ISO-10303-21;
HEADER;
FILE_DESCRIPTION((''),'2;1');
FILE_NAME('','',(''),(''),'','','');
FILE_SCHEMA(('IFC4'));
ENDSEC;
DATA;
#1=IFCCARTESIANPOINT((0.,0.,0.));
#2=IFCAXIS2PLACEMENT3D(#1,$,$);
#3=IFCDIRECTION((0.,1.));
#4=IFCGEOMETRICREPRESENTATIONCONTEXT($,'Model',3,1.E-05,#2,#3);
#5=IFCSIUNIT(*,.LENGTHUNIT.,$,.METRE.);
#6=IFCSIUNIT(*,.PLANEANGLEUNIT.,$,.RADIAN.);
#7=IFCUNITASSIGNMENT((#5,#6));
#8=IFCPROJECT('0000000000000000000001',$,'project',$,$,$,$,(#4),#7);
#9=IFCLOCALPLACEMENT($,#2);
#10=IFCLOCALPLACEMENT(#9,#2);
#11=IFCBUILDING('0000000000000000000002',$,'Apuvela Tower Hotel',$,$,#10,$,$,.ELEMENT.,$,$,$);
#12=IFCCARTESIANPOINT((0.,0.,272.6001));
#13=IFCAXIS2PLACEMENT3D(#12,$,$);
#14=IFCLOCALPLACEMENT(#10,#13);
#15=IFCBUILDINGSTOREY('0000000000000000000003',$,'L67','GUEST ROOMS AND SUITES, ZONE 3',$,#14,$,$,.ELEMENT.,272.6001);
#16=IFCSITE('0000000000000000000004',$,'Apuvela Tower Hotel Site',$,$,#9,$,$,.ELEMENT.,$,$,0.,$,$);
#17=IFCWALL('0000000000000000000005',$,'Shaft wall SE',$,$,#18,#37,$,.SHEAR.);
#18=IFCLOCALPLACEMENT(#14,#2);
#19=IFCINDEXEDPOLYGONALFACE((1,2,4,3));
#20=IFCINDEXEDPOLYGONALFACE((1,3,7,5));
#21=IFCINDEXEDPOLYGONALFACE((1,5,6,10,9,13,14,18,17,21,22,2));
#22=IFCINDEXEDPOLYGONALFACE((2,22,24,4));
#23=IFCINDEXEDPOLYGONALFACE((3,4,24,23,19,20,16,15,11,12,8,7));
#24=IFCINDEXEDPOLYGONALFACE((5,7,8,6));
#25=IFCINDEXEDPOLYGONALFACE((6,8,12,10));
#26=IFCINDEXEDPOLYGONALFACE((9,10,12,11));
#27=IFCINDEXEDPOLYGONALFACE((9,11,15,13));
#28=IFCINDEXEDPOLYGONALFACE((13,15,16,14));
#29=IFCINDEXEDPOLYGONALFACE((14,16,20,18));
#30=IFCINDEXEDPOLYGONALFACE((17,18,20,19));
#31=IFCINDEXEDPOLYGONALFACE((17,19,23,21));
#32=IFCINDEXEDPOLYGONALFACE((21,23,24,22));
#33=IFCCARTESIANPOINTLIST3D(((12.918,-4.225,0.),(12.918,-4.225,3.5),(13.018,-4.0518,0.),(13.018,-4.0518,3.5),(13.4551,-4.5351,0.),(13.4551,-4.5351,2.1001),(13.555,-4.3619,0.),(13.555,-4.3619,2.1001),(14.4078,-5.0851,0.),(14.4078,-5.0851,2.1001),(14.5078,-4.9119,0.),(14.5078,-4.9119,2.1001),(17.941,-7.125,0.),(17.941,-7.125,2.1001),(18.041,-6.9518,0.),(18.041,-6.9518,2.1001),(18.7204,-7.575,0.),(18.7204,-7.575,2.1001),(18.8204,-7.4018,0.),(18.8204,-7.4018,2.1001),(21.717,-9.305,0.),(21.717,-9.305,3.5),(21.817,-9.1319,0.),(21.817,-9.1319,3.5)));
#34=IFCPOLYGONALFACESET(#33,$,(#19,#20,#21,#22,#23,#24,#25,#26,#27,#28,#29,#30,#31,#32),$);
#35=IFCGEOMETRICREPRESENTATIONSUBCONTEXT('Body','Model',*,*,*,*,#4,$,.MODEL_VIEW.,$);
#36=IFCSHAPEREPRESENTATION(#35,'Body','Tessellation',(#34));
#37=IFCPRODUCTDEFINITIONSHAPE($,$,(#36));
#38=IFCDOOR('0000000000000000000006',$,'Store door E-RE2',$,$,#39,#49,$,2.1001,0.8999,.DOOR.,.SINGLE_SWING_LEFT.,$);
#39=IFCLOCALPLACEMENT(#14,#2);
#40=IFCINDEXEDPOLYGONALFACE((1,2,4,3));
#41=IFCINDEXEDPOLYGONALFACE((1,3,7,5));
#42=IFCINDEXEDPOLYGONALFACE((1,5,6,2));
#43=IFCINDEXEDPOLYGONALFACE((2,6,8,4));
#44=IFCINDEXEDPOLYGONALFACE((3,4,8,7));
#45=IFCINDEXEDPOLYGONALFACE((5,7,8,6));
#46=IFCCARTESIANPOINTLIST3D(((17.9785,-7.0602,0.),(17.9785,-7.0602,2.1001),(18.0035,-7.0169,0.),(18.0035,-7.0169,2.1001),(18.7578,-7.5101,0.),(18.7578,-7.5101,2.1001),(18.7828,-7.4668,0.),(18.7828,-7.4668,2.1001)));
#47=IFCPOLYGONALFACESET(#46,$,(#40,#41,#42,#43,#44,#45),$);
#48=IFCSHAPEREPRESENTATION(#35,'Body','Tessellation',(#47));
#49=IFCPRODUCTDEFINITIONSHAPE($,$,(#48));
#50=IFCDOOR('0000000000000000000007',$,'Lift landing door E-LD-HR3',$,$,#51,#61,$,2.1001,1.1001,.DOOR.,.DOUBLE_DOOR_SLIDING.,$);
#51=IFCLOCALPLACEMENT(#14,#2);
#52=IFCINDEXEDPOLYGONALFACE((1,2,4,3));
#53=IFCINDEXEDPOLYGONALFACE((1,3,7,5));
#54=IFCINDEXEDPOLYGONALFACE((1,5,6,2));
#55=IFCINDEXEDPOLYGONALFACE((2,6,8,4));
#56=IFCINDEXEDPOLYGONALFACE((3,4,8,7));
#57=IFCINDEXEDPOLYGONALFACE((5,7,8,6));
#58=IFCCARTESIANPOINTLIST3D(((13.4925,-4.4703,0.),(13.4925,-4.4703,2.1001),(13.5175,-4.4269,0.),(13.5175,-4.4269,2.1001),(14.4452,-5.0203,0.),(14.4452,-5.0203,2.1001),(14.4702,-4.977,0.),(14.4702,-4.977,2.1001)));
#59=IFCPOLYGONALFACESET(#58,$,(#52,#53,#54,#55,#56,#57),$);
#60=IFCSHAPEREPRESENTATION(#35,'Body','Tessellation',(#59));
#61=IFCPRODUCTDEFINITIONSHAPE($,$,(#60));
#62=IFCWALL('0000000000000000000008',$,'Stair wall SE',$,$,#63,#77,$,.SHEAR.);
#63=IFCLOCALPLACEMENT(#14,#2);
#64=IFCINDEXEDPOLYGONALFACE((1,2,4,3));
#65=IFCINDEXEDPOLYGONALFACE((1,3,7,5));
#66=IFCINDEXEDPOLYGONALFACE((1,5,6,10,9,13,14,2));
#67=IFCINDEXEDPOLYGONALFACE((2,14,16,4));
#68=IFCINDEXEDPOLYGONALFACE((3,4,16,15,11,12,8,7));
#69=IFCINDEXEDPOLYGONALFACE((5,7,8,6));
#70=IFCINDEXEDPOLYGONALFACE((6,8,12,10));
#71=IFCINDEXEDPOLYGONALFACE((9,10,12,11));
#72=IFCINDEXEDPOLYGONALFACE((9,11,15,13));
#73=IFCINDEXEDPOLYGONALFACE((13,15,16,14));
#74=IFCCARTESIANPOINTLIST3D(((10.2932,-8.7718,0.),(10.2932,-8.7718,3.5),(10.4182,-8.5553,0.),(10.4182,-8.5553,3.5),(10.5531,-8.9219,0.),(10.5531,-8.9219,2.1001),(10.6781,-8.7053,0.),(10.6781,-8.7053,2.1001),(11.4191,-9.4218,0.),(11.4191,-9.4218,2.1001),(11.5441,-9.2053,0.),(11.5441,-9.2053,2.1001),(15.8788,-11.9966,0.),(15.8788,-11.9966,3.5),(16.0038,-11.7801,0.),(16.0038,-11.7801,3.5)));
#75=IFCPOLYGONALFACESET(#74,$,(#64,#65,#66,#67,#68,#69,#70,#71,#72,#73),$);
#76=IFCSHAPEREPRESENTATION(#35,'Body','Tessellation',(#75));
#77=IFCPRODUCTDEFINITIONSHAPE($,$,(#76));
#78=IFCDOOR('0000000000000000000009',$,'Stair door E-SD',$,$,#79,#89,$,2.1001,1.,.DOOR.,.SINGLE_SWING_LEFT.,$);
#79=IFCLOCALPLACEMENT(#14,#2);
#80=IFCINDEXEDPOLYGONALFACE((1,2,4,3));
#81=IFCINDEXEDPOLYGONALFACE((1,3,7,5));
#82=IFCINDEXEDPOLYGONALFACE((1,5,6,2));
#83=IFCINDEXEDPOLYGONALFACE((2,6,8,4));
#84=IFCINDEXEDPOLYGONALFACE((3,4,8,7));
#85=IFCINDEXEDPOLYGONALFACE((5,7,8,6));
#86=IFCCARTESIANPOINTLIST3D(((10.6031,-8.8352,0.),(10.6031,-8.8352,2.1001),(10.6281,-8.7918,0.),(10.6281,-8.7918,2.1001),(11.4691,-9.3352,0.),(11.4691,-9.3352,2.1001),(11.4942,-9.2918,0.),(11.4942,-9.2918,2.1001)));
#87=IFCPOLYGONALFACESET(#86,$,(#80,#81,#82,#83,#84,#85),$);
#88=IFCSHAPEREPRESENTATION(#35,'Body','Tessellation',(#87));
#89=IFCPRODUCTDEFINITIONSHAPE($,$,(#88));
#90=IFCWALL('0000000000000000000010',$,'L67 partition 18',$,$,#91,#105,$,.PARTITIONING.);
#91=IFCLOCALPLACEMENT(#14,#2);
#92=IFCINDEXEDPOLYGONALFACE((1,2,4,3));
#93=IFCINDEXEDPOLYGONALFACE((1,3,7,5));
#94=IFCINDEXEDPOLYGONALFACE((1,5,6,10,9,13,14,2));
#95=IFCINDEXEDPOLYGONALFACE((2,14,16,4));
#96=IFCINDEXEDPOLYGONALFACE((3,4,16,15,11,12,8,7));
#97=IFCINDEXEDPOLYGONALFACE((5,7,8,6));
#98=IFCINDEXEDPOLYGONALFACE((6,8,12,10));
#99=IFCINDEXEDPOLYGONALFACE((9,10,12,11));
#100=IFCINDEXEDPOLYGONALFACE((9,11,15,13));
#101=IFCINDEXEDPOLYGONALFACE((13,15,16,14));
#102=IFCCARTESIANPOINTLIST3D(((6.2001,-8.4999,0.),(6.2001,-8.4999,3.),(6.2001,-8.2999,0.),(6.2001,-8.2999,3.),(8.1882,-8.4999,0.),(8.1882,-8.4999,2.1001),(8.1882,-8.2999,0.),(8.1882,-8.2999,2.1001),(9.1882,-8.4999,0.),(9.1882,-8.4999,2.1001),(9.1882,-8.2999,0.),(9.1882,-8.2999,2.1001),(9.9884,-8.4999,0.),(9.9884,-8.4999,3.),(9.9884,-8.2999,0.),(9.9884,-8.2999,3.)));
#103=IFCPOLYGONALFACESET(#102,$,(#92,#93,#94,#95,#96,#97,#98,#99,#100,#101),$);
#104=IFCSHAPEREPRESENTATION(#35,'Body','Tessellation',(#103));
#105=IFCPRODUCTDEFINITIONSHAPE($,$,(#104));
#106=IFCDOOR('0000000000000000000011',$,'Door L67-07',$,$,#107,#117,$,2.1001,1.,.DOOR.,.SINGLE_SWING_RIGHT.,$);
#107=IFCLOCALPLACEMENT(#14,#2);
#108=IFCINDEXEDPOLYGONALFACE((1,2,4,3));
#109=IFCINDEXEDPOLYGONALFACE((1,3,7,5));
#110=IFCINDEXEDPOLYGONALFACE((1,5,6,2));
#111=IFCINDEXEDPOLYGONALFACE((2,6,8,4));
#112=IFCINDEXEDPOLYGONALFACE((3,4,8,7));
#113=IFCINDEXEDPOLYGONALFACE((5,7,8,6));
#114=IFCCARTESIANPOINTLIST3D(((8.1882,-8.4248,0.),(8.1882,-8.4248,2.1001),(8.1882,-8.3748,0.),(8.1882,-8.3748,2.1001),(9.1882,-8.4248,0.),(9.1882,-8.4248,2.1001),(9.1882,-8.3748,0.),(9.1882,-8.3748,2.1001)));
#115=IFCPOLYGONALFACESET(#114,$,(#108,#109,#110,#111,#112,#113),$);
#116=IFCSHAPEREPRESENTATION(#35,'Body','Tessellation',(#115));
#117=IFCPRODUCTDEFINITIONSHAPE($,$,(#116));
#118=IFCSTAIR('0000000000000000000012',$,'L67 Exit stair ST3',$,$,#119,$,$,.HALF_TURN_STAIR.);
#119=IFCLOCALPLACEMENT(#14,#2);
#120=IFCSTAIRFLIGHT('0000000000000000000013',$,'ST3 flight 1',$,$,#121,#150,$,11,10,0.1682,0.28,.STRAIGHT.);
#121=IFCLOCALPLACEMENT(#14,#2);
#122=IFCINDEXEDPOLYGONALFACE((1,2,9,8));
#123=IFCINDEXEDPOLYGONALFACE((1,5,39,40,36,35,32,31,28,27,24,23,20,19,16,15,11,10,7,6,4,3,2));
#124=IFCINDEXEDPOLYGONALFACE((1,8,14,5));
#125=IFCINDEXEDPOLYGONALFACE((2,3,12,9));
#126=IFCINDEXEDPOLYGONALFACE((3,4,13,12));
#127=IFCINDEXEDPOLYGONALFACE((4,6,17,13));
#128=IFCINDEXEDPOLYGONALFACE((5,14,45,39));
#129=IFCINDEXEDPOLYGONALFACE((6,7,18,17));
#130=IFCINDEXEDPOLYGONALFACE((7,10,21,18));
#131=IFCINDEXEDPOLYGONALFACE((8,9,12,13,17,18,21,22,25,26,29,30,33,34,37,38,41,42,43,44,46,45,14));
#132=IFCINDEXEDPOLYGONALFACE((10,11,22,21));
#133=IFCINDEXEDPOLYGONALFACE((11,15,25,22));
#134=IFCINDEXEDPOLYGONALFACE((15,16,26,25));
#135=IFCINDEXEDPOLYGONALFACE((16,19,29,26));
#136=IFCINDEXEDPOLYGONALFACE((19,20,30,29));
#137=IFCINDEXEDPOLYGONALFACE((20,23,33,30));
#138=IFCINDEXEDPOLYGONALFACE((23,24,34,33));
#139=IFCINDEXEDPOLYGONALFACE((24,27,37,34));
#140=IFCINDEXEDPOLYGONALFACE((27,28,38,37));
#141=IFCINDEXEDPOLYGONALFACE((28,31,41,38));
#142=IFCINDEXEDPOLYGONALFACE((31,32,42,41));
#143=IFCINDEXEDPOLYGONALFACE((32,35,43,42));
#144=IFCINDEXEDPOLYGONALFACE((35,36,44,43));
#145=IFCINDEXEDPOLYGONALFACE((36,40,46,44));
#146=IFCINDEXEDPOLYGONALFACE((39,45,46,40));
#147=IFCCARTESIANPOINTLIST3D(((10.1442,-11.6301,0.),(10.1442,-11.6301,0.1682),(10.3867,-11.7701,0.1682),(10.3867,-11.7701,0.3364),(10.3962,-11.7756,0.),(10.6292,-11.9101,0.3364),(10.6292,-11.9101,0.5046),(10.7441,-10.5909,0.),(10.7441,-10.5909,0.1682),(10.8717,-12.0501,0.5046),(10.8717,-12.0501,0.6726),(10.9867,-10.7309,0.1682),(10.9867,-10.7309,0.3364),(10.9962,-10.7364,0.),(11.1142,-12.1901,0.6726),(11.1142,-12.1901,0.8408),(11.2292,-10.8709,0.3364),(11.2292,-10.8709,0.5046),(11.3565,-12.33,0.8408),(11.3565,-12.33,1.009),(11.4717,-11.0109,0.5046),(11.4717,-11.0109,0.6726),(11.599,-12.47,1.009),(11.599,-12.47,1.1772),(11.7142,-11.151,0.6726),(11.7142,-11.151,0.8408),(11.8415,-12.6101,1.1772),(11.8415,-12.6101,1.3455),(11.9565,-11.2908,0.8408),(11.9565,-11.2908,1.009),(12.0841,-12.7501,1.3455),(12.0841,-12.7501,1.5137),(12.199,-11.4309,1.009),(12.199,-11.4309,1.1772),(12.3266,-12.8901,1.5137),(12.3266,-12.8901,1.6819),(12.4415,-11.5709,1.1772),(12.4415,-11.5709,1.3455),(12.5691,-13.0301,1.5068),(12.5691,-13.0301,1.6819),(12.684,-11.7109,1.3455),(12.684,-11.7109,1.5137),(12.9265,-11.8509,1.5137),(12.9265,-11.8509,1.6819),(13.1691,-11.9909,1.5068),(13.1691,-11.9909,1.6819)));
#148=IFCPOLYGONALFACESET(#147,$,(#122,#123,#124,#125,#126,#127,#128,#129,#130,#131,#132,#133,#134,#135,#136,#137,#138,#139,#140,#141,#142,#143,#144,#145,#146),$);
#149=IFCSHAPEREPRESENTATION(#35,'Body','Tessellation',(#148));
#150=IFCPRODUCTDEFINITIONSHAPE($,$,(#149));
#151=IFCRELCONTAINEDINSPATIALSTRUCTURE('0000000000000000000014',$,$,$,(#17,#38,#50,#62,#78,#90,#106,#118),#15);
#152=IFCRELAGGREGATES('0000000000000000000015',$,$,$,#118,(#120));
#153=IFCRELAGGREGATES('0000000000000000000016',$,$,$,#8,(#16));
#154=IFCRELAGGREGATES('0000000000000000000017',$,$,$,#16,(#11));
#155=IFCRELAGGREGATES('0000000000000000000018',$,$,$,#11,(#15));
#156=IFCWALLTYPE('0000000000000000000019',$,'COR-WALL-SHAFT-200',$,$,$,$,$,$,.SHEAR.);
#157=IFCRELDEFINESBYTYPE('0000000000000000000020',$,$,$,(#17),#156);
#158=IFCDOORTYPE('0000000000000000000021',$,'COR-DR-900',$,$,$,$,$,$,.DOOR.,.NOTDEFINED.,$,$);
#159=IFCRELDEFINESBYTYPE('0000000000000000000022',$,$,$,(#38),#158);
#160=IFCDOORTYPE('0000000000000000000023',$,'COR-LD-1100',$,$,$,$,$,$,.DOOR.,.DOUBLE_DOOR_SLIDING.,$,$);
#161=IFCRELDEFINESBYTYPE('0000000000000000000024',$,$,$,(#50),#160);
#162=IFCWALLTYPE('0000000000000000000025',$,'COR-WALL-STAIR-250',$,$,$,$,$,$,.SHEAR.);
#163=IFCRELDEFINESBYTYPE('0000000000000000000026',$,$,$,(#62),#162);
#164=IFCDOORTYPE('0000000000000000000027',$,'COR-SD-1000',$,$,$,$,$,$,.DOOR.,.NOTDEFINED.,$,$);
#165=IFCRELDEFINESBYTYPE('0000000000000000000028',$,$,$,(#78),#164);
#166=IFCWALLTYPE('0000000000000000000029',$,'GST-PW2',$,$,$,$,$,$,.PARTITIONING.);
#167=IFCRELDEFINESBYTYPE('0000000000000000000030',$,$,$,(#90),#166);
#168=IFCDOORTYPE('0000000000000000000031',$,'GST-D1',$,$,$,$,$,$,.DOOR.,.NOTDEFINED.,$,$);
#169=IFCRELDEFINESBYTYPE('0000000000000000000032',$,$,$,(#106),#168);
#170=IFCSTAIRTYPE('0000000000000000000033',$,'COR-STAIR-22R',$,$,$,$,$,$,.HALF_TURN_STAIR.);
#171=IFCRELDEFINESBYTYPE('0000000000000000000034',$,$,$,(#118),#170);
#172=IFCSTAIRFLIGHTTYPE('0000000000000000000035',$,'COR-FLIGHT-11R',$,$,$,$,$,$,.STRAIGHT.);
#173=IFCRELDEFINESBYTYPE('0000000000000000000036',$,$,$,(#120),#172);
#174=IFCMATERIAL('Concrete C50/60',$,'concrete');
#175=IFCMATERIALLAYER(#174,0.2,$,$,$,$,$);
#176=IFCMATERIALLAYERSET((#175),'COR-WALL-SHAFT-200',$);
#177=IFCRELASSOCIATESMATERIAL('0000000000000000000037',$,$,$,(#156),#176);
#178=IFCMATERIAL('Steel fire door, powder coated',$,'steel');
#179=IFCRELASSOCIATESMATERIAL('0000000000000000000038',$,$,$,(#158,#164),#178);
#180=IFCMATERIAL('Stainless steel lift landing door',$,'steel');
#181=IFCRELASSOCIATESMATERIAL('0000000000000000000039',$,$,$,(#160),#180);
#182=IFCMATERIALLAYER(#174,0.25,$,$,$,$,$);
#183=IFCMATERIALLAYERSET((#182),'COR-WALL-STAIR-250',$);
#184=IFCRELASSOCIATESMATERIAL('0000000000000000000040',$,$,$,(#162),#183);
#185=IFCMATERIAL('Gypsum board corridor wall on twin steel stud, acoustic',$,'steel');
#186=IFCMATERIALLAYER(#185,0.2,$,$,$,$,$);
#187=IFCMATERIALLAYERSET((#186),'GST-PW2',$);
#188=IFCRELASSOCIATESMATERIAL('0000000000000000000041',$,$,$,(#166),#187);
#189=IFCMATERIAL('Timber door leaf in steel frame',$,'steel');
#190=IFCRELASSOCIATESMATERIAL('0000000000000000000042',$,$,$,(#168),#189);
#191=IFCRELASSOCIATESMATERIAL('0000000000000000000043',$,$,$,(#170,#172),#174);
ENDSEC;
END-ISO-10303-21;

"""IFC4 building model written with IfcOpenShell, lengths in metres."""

from ifc_helpers import new_model, si_unit, direction, frame, frame_2d, origin, place, context, subcontext, project, spatial, polyline, rectangle, outline, extrude, material, layer, layer_set, type_object, element, fill, aggregate, save


model = new_model("IFC4")

# Units and contexts
model_context = context("Model", 3, precision=1e-05, world=origin(), true_north=direction((0.0, 1.0)))
body_context = subcontext(model_context, "Body", "Model", "MODEL_VIEW")
ifc_project = project(units=[si_unit("LENGTHUNIT", "METRE"), si_unit("PLANEANGLEUNIT", "RADIAN")], contexts=[model_context])

# Site, building, storey
site_placement = place(None, origin())
site = spatial("IfcSite", under=ifc_project, at=site_placement, Name="Apuvela Tower Hotel Site", CompositionType="ELEMENT", RefElevation=0.0)
building_placement = place(site_placement, origin())
building = spatial("IfcBuilding", under=site, at=building_placement, Name="Apuvela Tower Hotel", CompositionType="ELEMENT")
storey_placement = place(building_placement, frame((0.0, 0.0, 272.6001)))
storey = spatial("IfcBuildingStorey", under=building, at=storey_placement, Name="L67", Description="GUEST ROOMS AND SUITES, ZONE 3", CompositionType="ELEMENT", Elevation=272.6001)

# Shared definitions
ifc_material_1 = material(Name="Concrete C50/60", Category="concrete")
ifc_material_2 = material(Name="Steel fire door, powder coated", Category="steel")

# Shared definitions
ifc_layer_1 = layer(ifc_material_1, 0.2)
ifc_layer_set_1 = layer_set([ifc_layer_1], Name="COR-WALL-SHAFT-200")
wall_type_1 = type_object("IfcWallType", Name="COR-WALL-SHAFT-200", PredefinedType="SHEAR", material=ifc_layer_set_1)
ifc_material_3 = material(Name="Stainless steel lift landing door", Category="steel")

# Wall, openings, doors
wall_1_placement = place(storey_placement, frame((12.968, -4.1384, 0.0), z_axis=(0.0, 0.0, 1.0), x_axis=(0.866028, -0.499995, 0.0)))
wall_1 = element("IfcWall", 1, at=wall_1_placement, inside=storey, type_object=wall_type_1, Name="Shaft wall SE", PredefinedType="SHEAR", context=body_context, shape_type="SweptSolid", body=[
    extrude(rectangle(XDim=10.1602, YDim=0.2, at=frame_2d((5.0801, 0.0))), origin(), (0.0, 0.0, 1.0), 3.5),
])
opening_1_placement = place(wall_1_placement, frame((0.6201, 0.0, 0.0)))
opening_1 = element("IfcOpeningElement", 2, at=opening_1_placement, cuts=wall_1, PredefinedType="OPENING", context=body_context, shape_type="SweptSolid", body=[
    extrude(rectangle(XDim=1.1001, YDim=2.1001, at=frame_2d((0.55, 1.05))), frame((0.0, 0.1099, 0.0), z_axis=(0.0, -1.0, 0.0), x_axis=(1.0, 0.0, 0.0)), (0.0, 0.0, 1.0), 0.22),
])
opening_2_placement = place(wall_1_placement, frame((5.8, 0.0, 0.0)))
opening_2 = element("IfcOpeningElement", 3, at=opening_2_placement, cuts=wall_1, PredefinedType="OPENING", context=body_context, shape_type="SweptSolid", body=[
    extrude(rectangle(XDim=0.8999, YDim=2.1001, at=frame_2d((0.45, 1.05))), frame((0.0, 0.1099, 0.0), z_axis=(0.0, -1.0, 0.0), x_axis=(1.0, 0.0, 0.0)), (0.0, 0.0, 1.0), 0.22),
])
door_type_1 = type_object("IfcDoorType", Name="COR-DR-900", OperationType="NOTDEFINED", PredefinedType="DOOR", material=ifc_material_2)
door_1_placement = place(opening_2_placement, origin())
door_1 = element("IfcDoor", 4, at=door_1_placement, inside=storey, type_object=door_type_1, Name="Store door E-RE2", OperationType="SINGLE_SWING_LEFT", OverallHeight=2.1001, OverallWidth=0.8999, PredefinedType="DOOR", context=body_context, shape_type="SweptSolid", body=[
    extrude(rectangle(XDim=0.8999, YDim=2.1001, at=frame_2d((0.45, 1.05))), frame((0.0, 0.0249, 0.0), z_axis=(0.0, -1.0, 0.0), x_axis=(1.0, 0.0, 0.0)), (0.0, 0.0, 1.0), 0.05),
])
fill(opening_2, door_1)
door_type_2 = type_object("IfcDoorType", Name="COR-LD-1100", OperationType="DOUBLE_DOOR_SLIDING", PredefinedType="DOOR", material=ifc_material_3)
door_2_placement = place(opening_1_placement, origin())
door_2 = element("IfcDoor", 5, at=door_2_placement, inside=storey, type_object=door_type_2, Name="Lift landing door E-LD-HR3", OperationType="DOUBLE_DOOR_SLIDING", OverallHeight=2.1001, OverallWidth=1.1001, PredefinedType="DOOR", context=body_context, shape_type="SweptSolid", body=[
    extrude(rectangle(XDim=1.1001, YDim=2.1001, at=frame_2d((0.55, 1.05))), frame((0.0, 0.0249, 0.0), z_axis=(0.0, -1.0, 0.0), x_axis=(1.0, 0.0, 0.0)), (0.0, 0.0, 1.0), 0.05),
])
fill(opening_1, door_2)

# Walls, openings, doors
ifc_layer_2 = layer(ifc_material_1, 0.25)
ifc_layer_set_2 = layer_set([ifc_layer_2], Name="COR-WALL-STAIR-250")
wall_type_2 = type_object("IfcWallType", Name="COR-WALL-STAIR-250", PredefinedType="SHEAR", material=ifc_layer_set_2)
wall_2_placement = place(storey_placement, frame((10.3557, -8.6636, 0.0), z_axis=(0.0, 0.0, 1.0), x_axis=(0.866029, -0.499994, 0.0)))
wall_2 = element("IfcWall", 6, at=wall_2_placement, inside=storey, type_object=wall_type_2, Name="Stair wall SE", PredefinedType="SHEAR", context=body_context, shape_type="SweptSolid", body=[
    extrude(rectangle(XDim=6.4497, YDim=0.25, at=frame_2d((3.2249, 0.0))), origin(), (0.0, 0.0, 1.0), 3.5),
])
opening_3_placement = place(wall_2_placement, frame((0.3, 0.0, 0.0)))
opening_3 = element("IfcOpeningElement", 7, at=opening_3_placement, cuts=wall_2, PredefinedType="OPENING", context=body_context, shape_type="SweptSolid", body=[
    extrude(rectangle(XDim=1.0, YDim=2.1001, at=frame_2d((0.5, 1.05))), frame((0.0, 0.135, 0.0), z_axis=(0.0, -1.0, 0.0), x_axis=(1.0, 0.0, 0.0)), (0.0, 0.0, 1.0), 0.27),
])
door_type_3 = type_object("IfcDoorType", Name="COR-SD-1000", OperationType="NOTDEFINED", PredefinedType="DOOR", material=ifc_material_2)
door_3_placement = place(opening_3_placement, frame((1.0, 0.0, 0.0), z_axis=(0.0, 0.0, 1.0), x_axis=(-1.0, 0.0, 0.0)))
door_3 = element("IfcDoor", 8, at=door_3_placement, inside=storey, type_object=door_type_3, Name="Stair door E-SD", OperationType="SINGLE_SWING_LEFT", OverallHeight=2.1001, OverallWidth=1.0, PredefinedType="DOOR", context=body_context, shape_type="SweptSolid", body=[
    extrude(rectangle(XDim=1.0, YDim=2.1001, at=frame_2d((0.5, 1.05))), frame((0.0, 0.0249, 0.0), z_axis=(0.0, -1.0, 0.0), x_axis=(1.0, 0.0, 0.0)), (0.0, 0.0, 1.0), 0.05),
])
fill(opening_3, door_3)
ifc_material_4 = material(Name="Gypsum board corridor wall on twin steel stud, acoustic", Category="steel")
ifc_layer_3 = layer(ifc_material_4, 0.2)
ifc_layer_set_3 = layer_set([ifc_layer_3], Name="GST-PW2")
wall_type_3 = type_object("IfcWallType", Name="GST-PW2", PredefinedType="PARTITIONING", material=ifc_layer_set_3)
wall_3_placement = place(storey_placement, frame((9.9883, -8.3999, 0.0), z_axis=(0.0, 0.0, 1.0), x_axis=(-1.0, 0.0, 0.0)))
wall_3 = element("IfcWall", 9, at=wall_3_placement, inside=storey, type_object=wall_type_3, Name="L67 partition 18", PredefinedType="PARTITIONING", context=body_context, shape_type="SweptSolid", body=[
    extrude(rectangle(XDim=3.7883, YDim=0.2, at=frame_2d((1.894, 0.0))), origin(), (0.0, 0.0, 1.0), 3.0),
])
opening_4_placement = place(wall_3_placement, frame((0.8, 0.0, 0.0)))
opening_4 = element("IfcOpeningElement", 10, at=opening_4_placement, cuts=wall_3, PredefinedType="OPENING", context=body_context, shape_type="SweptSolid", body=[
    extrude(rectangle(XDim=1.0, YDim=2.1001, at=frame_2d((0.5, 1.05))), frame((0.0, 0.1099, 0.0), z_axis=(0.0, -1.0, 0.0), x_axis=(1.0, 0.0, 0.0)), (0.0, 0.0, 1.0), 0.22),
])
ifc_material_5 = material(Name="Timber door leaf in steel frame", Category="steel")
door_type_4 = type_object("IfcDoorType", Name="GST-D1", OperationType="NOTDEFINED", PredefinedType="DOOR", material=ifc_material_5)
door_4_placement = place(opening_4_placement, origin())
door_4 = element("IfcDoor", 11, at=door_4_placement, inside=storey, type_object=door_type_4, Name="Door L67-07", OperationType="SINGLE_SWING_RIGHT", OverallHeight=2.1001, OverallWidth=1.0, PredefinedType="DOOR", context=body_context, shape_type="SweptSolid", body=[
    extrude(rectangle(XDim=1.0, YDim=2.1001, at=frame_2d((0.5, 1.05))), frame((0.0, 0.0249, 0.0), z_axis=(0.0, -1.0, 0.0), x_axis=(1.0, 0.0, 0.0)), (0.0, 0.0, 1.0), 0.05),
])
fill(opening_4, door_4)

# Stair, stair flight
stair_type = type_object("IfcStairType", Name="COR-STAIR-22R", PredefinedType="HALF_TURN_STAIR", material=ifc_material_1)
stair_placement = place(storey_placement, origin())
stair = element("IfcStair", 12, at=stair_placement, inside=storey, type_object=stair_type, Name="L67 Exit stair ST3", PredefinedType="HALF_TURN_STAIR")
stair_flight_type = type_object("IfcStairFlightType", Name="COR-FLIGHT-11R", PredefinedType="STRAIGHT", material=ifc_material_1)
stair_flight_1_placement = place(storey_placement, frame((10.4441, -11.1106, 0.0), z_axis=(0.0, 0.0, 1.0), x_axis=(0.866025, -0.5, 0.0)))
stair_flight_1 = element("IfcStairFlight", 13, at=stair_flight_1_placement, type_object=stair_flight_type, Name="ST3 flight 1", NumberOfRisers=11, NumberOfTreads=10, PredefinedType="STRAIGHT", RiserHeight=0.1682, TreadLength=0.28, context=body_context, shape_type="SweptSolid", body=[
    extrude(outline(polyline([(0.0, 0.0), (0.0, 0.1682), (0.28, 0.1682), (0.28, 0.3364), (0.5601, 0.3364), (0.5601, 0.5046), (0.8401, 0.5046), (0.8401, 0.6726), (1.1201, 0.6726), (1.1201, 0.8408), (1.3999, 0.8408), (1.3999, 1.009), (1.6799, 1.009), (1.6799, 1.1772), (1.96, 1.1772), (1.96, 1.3455), (2.24, 1.3455), (2.24, 1.5137), (2.52, 1.5137), (2.52, 1.6819), (2.8, 1.6819), (2.8, 1.8501), (2.8, 1.5068), (0.291, 0.0), (0.0, 0.0)])), frame((0.0, 0.6001, 0.0), z_axis=(0.0, -1.0, 0.0), x_axis=(1.0, 0.0, 0.0)), (0.0, 0.0, 1.0), 1.2),
])
aggregate(stair, [stair_flight_1])

save(model, "model.ifc")
